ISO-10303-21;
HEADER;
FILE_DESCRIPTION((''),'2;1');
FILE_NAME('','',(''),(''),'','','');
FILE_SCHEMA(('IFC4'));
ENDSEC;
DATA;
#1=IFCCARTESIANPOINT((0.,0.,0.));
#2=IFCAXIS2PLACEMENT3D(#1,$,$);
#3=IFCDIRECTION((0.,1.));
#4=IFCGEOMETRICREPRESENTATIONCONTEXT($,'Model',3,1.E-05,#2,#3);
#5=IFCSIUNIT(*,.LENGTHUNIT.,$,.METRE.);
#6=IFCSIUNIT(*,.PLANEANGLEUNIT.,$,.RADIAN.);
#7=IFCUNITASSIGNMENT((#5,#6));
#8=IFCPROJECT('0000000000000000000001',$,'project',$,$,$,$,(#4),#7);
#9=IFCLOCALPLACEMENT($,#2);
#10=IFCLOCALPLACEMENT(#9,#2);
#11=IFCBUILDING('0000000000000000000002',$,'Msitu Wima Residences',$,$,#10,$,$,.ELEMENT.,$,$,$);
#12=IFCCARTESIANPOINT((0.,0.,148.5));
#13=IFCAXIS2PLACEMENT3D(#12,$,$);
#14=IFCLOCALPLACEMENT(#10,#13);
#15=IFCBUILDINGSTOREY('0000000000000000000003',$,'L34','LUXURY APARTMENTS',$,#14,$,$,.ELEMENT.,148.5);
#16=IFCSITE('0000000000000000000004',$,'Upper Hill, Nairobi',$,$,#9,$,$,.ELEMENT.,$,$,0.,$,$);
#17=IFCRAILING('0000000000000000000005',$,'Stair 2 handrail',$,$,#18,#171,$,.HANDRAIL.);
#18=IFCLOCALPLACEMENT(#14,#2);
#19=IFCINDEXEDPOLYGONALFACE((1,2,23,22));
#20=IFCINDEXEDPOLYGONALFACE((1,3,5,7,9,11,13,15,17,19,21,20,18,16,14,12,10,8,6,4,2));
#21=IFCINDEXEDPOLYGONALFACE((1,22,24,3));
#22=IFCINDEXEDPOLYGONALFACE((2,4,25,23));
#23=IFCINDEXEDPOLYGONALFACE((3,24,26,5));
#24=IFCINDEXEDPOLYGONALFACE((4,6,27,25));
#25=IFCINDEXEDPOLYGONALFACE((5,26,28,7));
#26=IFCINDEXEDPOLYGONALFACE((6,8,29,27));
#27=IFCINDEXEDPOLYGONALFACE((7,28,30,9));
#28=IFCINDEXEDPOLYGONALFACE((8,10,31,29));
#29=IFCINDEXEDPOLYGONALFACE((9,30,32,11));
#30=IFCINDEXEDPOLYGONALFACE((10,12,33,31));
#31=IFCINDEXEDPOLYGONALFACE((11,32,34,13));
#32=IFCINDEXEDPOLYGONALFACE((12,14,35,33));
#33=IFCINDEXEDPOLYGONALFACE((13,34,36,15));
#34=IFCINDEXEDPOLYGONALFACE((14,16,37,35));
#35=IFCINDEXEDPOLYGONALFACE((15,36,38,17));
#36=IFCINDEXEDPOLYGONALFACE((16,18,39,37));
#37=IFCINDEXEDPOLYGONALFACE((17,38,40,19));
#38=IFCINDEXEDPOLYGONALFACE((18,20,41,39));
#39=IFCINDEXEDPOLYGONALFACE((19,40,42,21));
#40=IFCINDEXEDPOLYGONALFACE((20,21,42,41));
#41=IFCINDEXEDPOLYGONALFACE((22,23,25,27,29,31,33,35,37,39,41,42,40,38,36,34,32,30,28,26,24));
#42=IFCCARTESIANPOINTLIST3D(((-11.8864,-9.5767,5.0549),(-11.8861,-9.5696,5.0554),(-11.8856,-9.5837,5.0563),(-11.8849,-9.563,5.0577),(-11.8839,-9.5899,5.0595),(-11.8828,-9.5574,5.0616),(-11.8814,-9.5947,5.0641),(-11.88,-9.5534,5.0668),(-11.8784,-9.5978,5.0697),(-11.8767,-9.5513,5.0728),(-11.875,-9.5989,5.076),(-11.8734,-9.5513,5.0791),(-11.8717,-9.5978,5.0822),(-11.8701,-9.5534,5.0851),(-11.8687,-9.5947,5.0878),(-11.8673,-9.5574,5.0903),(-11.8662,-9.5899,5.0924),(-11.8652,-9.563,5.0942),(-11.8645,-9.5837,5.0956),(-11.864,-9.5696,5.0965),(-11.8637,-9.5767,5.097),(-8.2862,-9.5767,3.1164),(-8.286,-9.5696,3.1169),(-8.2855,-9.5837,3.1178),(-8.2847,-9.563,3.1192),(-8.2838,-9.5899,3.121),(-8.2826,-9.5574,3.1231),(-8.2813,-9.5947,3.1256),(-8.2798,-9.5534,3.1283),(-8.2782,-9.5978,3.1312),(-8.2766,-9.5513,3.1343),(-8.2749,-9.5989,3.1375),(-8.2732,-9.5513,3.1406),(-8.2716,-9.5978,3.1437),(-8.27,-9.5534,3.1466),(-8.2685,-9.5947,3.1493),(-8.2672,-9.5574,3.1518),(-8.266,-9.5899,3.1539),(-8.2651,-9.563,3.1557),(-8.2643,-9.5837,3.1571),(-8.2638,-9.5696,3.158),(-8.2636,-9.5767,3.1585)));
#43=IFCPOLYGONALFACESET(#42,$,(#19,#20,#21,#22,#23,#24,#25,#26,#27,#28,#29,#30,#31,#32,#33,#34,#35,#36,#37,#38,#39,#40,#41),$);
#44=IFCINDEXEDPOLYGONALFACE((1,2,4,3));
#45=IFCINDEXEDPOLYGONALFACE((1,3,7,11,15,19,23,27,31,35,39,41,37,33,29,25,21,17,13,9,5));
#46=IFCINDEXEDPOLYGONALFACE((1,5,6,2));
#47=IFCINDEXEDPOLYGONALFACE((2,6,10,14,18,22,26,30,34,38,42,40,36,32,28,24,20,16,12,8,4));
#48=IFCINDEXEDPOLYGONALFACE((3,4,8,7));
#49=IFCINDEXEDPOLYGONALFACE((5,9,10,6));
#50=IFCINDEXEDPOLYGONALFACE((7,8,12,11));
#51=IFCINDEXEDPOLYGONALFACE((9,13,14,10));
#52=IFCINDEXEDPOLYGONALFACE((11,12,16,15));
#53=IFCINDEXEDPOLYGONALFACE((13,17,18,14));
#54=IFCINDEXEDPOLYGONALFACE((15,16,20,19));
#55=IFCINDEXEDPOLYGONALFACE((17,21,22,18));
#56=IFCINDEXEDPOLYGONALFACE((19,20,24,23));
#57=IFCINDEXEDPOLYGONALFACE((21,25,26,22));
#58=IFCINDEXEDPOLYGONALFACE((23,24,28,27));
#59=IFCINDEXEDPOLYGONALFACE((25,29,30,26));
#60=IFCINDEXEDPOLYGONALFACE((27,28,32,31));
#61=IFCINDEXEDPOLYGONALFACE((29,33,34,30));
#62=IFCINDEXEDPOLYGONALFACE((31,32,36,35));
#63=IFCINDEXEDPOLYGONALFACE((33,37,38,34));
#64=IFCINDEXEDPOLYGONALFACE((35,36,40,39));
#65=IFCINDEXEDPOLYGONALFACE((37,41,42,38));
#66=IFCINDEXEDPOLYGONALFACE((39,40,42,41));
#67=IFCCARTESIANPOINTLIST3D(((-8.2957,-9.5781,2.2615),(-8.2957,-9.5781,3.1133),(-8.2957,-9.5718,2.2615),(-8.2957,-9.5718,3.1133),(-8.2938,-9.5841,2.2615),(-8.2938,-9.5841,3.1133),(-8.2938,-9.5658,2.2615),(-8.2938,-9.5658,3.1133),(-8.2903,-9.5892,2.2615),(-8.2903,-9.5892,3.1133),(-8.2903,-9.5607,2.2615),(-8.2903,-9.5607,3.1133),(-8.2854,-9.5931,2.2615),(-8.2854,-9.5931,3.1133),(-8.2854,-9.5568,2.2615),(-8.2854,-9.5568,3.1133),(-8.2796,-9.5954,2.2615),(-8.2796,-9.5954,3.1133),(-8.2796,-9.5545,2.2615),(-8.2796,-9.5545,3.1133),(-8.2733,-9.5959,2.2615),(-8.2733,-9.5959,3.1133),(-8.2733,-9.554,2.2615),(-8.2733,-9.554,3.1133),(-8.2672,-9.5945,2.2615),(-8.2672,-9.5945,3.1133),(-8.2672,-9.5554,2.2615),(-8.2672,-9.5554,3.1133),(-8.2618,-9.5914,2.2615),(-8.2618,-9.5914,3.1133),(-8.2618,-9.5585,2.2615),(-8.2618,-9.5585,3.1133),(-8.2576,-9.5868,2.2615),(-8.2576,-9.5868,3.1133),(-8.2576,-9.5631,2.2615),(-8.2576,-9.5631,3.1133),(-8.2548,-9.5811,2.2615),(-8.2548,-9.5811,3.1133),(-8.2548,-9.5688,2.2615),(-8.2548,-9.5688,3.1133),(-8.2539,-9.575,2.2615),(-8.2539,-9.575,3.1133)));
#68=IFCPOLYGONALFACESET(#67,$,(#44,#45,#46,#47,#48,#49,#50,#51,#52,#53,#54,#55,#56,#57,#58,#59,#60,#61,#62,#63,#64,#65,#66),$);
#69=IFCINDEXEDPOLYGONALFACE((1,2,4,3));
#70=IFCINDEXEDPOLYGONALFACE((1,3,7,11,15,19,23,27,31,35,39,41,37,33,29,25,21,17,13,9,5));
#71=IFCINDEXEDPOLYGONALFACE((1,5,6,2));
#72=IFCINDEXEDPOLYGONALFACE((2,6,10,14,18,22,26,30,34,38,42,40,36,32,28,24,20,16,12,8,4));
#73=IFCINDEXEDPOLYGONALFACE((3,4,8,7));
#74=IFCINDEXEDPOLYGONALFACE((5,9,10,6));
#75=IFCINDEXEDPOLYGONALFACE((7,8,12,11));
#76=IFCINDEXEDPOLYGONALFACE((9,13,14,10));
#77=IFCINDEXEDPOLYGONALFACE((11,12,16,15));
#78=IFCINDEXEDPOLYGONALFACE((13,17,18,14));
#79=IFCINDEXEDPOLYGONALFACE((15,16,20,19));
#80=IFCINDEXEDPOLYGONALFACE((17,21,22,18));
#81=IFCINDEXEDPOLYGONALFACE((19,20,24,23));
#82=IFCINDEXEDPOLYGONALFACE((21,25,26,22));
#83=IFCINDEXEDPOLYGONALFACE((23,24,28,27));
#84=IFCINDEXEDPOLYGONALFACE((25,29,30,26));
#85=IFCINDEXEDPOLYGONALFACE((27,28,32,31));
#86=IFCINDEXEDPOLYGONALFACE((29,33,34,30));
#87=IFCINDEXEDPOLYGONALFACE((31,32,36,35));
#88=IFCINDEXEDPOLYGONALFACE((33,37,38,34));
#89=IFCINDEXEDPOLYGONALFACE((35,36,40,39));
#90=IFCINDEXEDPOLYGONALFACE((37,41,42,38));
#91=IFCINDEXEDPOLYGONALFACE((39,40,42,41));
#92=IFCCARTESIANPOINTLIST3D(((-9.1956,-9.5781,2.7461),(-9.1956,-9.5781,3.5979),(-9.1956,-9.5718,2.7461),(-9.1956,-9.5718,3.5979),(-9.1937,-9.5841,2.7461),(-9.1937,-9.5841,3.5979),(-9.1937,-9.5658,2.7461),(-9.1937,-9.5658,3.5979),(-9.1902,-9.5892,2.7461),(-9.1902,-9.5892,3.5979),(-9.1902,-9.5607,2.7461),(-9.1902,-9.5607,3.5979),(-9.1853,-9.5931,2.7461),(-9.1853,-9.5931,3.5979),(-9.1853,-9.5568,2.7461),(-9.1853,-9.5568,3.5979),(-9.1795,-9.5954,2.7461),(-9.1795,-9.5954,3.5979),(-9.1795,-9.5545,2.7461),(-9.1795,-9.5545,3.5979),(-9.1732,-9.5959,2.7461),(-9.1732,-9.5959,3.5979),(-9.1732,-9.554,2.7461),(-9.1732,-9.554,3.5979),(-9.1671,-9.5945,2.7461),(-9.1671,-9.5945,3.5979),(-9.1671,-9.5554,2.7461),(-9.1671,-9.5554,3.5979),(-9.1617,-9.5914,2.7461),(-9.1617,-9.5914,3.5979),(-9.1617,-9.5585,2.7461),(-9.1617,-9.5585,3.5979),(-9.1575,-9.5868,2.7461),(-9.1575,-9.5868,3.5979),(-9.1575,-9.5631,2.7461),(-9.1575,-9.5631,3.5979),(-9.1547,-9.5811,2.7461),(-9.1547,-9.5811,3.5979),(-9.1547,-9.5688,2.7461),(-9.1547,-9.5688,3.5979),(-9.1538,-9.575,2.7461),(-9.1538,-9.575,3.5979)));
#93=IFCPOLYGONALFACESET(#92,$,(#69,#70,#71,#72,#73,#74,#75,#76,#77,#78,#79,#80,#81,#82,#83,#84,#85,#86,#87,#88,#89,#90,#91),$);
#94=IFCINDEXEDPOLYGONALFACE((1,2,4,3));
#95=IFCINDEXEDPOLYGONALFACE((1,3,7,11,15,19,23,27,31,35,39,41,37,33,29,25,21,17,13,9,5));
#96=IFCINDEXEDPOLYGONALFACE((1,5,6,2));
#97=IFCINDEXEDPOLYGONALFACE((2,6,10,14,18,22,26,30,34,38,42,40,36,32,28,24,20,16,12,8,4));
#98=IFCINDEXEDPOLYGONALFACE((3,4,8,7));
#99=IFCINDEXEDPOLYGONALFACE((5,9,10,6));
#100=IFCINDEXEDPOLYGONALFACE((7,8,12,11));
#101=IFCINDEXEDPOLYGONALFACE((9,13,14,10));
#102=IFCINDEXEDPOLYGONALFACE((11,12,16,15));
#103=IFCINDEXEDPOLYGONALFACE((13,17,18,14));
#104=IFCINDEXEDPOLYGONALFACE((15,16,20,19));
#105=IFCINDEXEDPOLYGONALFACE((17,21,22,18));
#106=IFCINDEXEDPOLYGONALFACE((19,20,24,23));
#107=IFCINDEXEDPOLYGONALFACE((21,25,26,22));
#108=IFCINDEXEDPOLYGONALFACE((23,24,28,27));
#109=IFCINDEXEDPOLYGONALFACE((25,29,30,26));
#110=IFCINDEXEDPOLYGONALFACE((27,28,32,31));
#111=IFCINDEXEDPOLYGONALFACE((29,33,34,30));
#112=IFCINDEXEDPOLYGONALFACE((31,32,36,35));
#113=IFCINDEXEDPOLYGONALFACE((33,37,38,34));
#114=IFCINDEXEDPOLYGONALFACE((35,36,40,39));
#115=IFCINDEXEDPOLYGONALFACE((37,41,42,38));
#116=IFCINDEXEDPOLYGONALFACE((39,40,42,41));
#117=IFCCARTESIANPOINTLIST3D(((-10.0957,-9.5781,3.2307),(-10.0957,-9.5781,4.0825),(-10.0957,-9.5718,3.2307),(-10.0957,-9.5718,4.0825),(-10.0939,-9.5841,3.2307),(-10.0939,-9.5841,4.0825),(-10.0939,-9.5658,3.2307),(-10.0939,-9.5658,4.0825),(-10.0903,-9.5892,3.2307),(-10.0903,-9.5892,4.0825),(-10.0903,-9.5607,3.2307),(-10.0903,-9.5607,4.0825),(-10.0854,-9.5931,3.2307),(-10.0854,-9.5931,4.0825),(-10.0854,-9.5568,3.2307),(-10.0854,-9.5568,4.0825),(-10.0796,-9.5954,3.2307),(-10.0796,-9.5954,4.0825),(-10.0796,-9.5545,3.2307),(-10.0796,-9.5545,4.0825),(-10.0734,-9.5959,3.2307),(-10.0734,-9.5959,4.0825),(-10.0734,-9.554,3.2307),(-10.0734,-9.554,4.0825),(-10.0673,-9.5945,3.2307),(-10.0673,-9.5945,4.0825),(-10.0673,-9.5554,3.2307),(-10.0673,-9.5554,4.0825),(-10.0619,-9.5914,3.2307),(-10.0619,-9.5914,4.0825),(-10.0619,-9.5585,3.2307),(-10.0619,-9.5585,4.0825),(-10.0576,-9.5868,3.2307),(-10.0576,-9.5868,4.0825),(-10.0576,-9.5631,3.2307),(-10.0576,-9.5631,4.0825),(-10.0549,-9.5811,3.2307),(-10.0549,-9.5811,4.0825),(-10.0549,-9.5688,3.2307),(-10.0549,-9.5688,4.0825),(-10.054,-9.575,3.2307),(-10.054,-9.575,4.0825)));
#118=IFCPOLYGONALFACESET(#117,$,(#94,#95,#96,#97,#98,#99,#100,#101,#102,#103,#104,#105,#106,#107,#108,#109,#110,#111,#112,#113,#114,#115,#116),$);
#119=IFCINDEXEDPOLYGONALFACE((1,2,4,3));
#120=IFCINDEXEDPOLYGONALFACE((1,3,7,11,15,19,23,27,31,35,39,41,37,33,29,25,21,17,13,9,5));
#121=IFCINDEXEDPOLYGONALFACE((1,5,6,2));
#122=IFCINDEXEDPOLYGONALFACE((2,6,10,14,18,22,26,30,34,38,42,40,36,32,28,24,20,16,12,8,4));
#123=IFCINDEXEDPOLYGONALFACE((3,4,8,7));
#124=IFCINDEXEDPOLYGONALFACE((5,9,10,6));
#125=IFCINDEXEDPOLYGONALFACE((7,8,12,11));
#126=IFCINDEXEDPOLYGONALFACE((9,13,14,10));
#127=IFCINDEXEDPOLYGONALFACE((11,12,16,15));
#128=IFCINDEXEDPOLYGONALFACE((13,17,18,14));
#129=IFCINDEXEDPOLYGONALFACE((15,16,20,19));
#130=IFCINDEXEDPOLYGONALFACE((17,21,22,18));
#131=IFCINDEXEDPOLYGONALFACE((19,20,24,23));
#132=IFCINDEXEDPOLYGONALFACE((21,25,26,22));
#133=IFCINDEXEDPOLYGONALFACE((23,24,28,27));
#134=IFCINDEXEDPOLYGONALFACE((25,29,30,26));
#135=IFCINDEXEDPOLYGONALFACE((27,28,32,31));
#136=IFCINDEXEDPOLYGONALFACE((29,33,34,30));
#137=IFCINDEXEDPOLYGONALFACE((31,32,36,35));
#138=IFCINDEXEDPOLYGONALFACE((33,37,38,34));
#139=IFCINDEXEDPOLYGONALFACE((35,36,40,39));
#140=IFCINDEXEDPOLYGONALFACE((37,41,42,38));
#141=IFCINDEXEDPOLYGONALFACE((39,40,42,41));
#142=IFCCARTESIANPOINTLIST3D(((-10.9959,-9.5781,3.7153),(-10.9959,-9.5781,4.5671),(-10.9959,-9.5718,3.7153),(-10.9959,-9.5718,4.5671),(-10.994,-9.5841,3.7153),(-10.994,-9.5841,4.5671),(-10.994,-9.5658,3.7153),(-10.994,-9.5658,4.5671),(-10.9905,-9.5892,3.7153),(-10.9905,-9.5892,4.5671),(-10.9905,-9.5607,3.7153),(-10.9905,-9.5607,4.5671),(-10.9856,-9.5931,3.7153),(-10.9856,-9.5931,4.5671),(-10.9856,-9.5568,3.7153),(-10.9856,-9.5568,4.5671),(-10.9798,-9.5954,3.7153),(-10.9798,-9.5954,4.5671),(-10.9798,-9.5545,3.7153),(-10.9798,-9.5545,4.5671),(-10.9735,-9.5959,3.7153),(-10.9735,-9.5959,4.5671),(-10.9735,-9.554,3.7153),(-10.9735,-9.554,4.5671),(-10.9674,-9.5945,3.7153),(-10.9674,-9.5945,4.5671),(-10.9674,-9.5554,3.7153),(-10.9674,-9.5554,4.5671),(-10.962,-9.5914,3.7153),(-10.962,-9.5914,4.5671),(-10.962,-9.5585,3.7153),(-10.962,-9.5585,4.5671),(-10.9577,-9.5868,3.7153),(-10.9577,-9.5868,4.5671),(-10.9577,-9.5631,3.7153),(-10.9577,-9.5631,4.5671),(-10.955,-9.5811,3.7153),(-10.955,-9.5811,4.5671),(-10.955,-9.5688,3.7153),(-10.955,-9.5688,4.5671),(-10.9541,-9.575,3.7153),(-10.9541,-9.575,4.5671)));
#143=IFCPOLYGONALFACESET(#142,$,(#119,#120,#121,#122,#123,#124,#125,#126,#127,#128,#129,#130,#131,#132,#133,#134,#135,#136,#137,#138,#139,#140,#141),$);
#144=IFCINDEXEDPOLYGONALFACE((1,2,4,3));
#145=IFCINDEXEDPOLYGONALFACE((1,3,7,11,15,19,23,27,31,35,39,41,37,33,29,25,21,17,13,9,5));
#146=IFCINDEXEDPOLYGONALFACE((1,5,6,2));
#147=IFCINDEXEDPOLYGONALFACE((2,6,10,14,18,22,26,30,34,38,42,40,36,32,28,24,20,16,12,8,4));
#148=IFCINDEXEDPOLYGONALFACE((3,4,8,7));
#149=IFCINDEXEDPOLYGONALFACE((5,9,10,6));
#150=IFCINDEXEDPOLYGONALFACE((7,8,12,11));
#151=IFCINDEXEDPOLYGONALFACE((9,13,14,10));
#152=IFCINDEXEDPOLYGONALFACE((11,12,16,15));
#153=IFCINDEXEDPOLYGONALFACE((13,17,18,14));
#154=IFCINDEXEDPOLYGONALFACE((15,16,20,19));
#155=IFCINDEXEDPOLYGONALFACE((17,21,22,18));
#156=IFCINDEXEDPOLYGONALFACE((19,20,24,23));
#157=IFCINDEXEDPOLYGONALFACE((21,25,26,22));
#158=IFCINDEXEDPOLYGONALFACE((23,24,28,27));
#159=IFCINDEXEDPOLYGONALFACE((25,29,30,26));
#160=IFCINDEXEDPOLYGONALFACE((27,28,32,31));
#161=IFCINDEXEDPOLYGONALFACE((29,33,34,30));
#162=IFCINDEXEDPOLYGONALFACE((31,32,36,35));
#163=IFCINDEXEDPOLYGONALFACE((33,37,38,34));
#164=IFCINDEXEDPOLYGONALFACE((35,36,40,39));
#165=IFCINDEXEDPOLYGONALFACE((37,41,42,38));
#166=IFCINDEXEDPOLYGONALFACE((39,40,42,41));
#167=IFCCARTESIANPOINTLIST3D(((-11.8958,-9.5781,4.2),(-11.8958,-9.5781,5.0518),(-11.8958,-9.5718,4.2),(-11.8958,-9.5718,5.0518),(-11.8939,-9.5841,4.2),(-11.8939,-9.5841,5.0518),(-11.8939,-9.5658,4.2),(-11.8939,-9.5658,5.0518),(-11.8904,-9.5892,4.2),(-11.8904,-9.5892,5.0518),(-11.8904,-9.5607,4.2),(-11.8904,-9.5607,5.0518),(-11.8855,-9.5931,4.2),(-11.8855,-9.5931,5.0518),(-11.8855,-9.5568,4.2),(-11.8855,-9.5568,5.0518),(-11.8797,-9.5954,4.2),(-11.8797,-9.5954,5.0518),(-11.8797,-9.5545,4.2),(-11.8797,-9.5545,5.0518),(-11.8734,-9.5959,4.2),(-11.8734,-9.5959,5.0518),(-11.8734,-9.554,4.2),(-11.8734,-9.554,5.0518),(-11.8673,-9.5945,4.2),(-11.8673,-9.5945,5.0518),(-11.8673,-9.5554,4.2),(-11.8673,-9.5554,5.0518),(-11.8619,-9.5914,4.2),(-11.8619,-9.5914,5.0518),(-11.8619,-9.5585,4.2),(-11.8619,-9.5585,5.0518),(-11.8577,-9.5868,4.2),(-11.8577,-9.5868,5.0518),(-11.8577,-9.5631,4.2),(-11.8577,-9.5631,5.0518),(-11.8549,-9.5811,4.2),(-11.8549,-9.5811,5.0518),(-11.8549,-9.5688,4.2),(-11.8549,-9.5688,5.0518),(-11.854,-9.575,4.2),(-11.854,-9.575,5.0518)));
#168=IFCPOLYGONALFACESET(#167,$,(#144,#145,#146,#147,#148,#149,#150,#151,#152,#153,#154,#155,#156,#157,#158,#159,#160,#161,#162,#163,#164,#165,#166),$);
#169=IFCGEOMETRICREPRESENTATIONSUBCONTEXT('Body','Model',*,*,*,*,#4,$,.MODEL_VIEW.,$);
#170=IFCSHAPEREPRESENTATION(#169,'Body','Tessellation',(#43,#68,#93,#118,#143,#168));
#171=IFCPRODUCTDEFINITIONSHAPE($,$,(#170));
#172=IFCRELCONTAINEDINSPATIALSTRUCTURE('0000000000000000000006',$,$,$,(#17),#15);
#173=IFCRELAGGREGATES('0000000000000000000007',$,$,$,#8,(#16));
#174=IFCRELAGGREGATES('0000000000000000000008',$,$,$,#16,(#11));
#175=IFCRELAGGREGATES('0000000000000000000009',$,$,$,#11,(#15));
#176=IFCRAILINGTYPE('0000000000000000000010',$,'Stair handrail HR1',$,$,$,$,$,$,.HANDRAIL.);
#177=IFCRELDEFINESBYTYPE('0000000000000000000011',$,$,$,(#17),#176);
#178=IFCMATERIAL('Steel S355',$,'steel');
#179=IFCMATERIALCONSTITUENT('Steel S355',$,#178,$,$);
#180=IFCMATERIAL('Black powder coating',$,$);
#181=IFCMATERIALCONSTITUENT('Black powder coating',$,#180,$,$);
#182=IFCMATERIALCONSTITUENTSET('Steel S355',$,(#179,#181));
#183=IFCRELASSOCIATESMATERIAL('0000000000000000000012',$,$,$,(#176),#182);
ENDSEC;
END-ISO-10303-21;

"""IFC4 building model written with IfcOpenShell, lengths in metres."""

from ifc_helpers import new_model, si_unit, direction, frame, origin, origin_2d, place, context, subcontext, project, spatial, circle, extrude, material, constituent, constituent_set, type_object, element, save


model = new_model("IFC4")

# Units and contexts
model_context = context("Model", 3, precision=1e-05, world=origin(), true_north=direction((0.0, 1.0)))
body_context = subcontext(model_context, "Body", "Model", "MODEL_VIEW")
ifc_project = project(units=[si_unit("LENGTHUNIT", "METRE"), si_unit("PLANEANGLEUNIT", "RADIAN")], contexts=[model_context])

# Site, building, storey
site_placement = place(None, origin())
site = spatial("IfcSite", under=ifc_project, at=site_placement, Name="Upper Hill, Nairobi", CompositionType="ELEMENT", RefElevation=0.0)
building_placement = place(site_placement, origin())
building = spatial("IfcBuilding", under=site, at=building_placement, Name="Msitu Wima Residences", CompositionType="ELEMENT")
storey_placement = place(building_placement, frame((0.0, 0.0, 148.5)))
storey = spatial("IfcBuildingStorey", under=building, at=storey_placement, Name="L34", Description="LUXURY APARTMENTS", CompositionType="ELEMENT", Elevation=148.5)

# Railing
ifc_material_1 = material(Name="Steel S355", Category="steel")
ifc_constituent_1 = constituent(ifc_material_1, Name="Steel S355")
ifc_material_2 = material(Name="Black powder coating")
ifc_constituent_2 = constituent(ifc_material_2, Name="Black powder coating")
ifc_constituent_set = constituent_set(constituents=[ifc_constituent_1, ifc_constituent_2], Name="Steel S355")
railing_type = type_object("IfcRailingType", Name="Stair handrail HR1", PredefinedType="HANDRAIL", material=ifc_constituent_set)
railing_placement = place(storey_placement, frame((-8.2749, -9.575, 2.2615)))
element("IfcRailing", 1, at=railing_placement, inside=storey, type_object=railing_type, Name="Stair 2 handrail", PredefinedType="HANDRAIL", context=body_context, shape_type="SweptSolid", body=[
    extrude(circle(Radius=0.0239, at=origin_2d()), frame((0.0, 0.0, 0.876), z_axis=(-0.880475, 0.0, 0.474093), x_axis=(0.0, -1.0, 0.0)), (0.0, 0.0, 1.0), 4.0889),
    extrude(circle(Radius=0.021, at=origin_2d()), origin(), (0.0, 0.0, 1.0), 0.8518),
    extrude(circle(Radius=0.021, at=origin_2d()), frame((-0.8999, 0.0, 0.4846)), (0.0, 0.0, 1.0), 0.8518),
    extrude(circle(Radius=0.021, at=origin_2d()), frame((-1.8, 0.0, 0.9692)), (0.0, 0.0, 1.0), 0.8518),
    extrude(circle(Radius=0.021, at=origin_2d()), frame((-2.7002, 0.0, 1.4539)), (0.0, 0.0, 1.0), 0.8518),
    extrude(circle(Radius=0.021, at=origin_2d()), frame((-3.6001, 0.0, 1.9385)), (0.0, 0.0, 1.0), 0.8518),
])

save(model, "model.ifc")
